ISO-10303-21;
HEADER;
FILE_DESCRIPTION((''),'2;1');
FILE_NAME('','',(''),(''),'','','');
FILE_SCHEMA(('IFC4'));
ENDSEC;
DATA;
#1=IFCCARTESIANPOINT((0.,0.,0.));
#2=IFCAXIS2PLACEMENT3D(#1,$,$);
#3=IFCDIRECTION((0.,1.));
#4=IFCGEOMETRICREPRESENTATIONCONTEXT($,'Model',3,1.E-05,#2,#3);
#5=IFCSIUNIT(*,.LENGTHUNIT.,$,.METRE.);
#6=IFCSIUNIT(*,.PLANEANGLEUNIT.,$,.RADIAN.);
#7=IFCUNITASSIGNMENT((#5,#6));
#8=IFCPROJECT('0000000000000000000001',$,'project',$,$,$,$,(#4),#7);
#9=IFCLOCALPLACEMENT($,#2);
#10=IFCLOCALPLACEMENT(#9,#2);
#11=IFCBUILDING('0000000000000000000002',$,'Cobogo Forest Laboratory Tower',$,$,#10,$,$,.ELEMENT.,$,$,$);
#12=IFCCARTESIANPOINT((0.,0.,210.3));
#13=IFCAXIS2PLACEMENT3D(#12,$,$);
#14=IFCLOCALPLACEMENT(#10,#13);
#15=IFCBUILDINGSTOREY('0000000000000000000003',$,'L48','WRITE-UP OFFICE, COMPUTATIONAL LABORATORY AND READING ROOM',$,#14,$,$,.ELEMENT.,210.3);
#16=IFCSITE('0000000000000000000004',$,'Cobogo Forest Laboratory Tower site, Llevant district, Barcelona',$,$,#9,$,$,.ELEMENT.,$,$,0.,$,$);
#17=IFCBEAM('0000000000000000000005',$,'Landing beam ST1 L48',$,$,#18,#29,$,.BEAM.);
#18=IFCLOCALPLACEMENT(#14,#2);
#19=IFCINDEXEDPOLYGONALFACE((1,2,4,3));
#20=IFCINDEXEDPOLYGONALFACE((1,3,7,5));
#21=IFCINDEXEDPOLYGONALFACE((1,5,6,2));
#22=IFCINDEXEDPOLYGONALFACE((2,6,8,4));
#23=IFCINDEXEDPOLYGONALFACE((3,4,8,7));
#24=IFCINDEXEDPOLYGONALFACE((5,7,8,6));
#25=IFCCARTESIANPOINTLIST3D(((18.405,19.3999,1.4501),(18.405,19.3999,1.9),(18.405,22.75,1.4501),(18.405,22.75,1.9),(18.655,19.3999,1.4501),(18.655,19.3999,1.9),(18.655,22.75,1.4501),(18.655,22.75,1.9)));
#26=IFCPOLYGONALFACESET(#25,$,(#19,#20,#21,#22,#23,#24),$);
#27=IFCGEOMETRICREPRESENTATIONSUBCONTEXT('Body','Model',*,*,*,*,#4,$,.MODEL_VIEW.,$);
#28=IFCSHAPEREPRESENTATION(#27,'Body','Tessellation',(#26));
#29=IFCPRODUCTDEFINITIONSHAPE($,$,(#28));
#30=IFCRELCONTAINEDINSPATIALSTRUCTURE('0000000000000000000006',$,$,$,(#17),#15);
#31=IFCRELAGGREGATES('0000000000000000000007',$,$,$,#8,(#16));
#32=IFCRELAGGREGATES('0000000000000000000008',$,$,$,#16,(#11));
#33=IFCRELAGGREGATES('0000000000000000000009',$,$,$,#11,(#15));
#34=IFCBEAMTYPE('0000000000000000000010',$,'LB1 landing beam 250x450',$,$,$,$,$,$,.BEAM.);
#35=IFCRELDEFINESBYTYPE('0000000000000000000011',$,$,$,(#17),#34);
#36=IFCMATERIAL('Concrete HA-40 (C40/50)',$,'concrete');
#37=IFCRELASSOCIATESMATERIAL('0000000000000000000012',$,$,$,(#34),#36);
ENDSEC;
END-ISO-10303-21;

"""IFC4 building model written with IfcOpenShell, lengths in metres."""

from ifc_helpers import new_model, si_unit, direction, frame, origin, origin_2d, place, context, subcontext, project, spatial, rectangle, extrude, material, material_profile, profile_set, type_object, element, save


model = new_model("IFC4")

# Units and contexts
model_context = context("Model", 3, precision=1e-05, world=origin(), true_north=direction((0.0, 1.0)))
body_context = subcontext(model_context, "Body", "Model", "MODEL_VIEW")
ifc_project = project(units=[si_unit("LENGTHUNIT", "METRE"), si_unit("PLANEANGLEUNIT", "RADIAN")], contexts=[model_context])

# Site, building, storey
site_placement = place(None, origin())
site = spatial("IfcSite", under=ifc_project, at=site_placement, Name="Cobogo Forest Laboratory Tower site, Llevant district, Barcelona", CompositionType="ELEMENT", RefElevation=0.0)
building_placement = place(site_placement, origin())
building = spatial("IfcBuilding", under=site, at=building_placement, Name="Cobogo Forest Laboratory Tower", CompositionType="ELEMENT")
storey_placement = place(building_placement, frame((0.0, 0.0, 210.3)))
storey = spatial("IfcBuildingStorey", under=building, at=storey_placement, Name="L48", Description="WRITE-UP OFFICE, COMPUTATIONAL LABORATORY AND READING ROOM", CompositionType="ELEMENT", Elevation=210.3)

# Beam
ifc_material_1 = material(Name="Concrete HA-40 (C40/50)", Category="concrete")
ifc_material_profile = material_profile(ifc_material_1, rectangle(XDim=0.25, YDim=0.45, at=origin_2d()), Name="RC 250x450")
ifc_profile_set = profile_set([ifc_material_profile], Name="Concrete HA-40 (C40/50)")
beam_type = type_object("IfcBeamType", Name="LB1 landing beam 250x450", PredefinedType="BEAM", material=ifc_profile_set)
beam_placement = place(storey_placement, frame((18.53, 19.3999, 1.675), z_axis=(0.0, 1.0, 0.0), x_axis=(-1.0, 0.0, 0.0)))
element("IfcBeam", 1, at=beam_placement, inside=storey, type_object=beam_type, Name="Landing beam ST1 L48", PredefinedType="BEAM", context=body_context, shape_type="SweptSolid", body=[
    extrude(rectangle(XDim=0.25, YDim=0.45, at=origin_2d()), origin(), (0.0, 0.0, 1.0), 3.3501),
])

save(model, "model.ifc")
